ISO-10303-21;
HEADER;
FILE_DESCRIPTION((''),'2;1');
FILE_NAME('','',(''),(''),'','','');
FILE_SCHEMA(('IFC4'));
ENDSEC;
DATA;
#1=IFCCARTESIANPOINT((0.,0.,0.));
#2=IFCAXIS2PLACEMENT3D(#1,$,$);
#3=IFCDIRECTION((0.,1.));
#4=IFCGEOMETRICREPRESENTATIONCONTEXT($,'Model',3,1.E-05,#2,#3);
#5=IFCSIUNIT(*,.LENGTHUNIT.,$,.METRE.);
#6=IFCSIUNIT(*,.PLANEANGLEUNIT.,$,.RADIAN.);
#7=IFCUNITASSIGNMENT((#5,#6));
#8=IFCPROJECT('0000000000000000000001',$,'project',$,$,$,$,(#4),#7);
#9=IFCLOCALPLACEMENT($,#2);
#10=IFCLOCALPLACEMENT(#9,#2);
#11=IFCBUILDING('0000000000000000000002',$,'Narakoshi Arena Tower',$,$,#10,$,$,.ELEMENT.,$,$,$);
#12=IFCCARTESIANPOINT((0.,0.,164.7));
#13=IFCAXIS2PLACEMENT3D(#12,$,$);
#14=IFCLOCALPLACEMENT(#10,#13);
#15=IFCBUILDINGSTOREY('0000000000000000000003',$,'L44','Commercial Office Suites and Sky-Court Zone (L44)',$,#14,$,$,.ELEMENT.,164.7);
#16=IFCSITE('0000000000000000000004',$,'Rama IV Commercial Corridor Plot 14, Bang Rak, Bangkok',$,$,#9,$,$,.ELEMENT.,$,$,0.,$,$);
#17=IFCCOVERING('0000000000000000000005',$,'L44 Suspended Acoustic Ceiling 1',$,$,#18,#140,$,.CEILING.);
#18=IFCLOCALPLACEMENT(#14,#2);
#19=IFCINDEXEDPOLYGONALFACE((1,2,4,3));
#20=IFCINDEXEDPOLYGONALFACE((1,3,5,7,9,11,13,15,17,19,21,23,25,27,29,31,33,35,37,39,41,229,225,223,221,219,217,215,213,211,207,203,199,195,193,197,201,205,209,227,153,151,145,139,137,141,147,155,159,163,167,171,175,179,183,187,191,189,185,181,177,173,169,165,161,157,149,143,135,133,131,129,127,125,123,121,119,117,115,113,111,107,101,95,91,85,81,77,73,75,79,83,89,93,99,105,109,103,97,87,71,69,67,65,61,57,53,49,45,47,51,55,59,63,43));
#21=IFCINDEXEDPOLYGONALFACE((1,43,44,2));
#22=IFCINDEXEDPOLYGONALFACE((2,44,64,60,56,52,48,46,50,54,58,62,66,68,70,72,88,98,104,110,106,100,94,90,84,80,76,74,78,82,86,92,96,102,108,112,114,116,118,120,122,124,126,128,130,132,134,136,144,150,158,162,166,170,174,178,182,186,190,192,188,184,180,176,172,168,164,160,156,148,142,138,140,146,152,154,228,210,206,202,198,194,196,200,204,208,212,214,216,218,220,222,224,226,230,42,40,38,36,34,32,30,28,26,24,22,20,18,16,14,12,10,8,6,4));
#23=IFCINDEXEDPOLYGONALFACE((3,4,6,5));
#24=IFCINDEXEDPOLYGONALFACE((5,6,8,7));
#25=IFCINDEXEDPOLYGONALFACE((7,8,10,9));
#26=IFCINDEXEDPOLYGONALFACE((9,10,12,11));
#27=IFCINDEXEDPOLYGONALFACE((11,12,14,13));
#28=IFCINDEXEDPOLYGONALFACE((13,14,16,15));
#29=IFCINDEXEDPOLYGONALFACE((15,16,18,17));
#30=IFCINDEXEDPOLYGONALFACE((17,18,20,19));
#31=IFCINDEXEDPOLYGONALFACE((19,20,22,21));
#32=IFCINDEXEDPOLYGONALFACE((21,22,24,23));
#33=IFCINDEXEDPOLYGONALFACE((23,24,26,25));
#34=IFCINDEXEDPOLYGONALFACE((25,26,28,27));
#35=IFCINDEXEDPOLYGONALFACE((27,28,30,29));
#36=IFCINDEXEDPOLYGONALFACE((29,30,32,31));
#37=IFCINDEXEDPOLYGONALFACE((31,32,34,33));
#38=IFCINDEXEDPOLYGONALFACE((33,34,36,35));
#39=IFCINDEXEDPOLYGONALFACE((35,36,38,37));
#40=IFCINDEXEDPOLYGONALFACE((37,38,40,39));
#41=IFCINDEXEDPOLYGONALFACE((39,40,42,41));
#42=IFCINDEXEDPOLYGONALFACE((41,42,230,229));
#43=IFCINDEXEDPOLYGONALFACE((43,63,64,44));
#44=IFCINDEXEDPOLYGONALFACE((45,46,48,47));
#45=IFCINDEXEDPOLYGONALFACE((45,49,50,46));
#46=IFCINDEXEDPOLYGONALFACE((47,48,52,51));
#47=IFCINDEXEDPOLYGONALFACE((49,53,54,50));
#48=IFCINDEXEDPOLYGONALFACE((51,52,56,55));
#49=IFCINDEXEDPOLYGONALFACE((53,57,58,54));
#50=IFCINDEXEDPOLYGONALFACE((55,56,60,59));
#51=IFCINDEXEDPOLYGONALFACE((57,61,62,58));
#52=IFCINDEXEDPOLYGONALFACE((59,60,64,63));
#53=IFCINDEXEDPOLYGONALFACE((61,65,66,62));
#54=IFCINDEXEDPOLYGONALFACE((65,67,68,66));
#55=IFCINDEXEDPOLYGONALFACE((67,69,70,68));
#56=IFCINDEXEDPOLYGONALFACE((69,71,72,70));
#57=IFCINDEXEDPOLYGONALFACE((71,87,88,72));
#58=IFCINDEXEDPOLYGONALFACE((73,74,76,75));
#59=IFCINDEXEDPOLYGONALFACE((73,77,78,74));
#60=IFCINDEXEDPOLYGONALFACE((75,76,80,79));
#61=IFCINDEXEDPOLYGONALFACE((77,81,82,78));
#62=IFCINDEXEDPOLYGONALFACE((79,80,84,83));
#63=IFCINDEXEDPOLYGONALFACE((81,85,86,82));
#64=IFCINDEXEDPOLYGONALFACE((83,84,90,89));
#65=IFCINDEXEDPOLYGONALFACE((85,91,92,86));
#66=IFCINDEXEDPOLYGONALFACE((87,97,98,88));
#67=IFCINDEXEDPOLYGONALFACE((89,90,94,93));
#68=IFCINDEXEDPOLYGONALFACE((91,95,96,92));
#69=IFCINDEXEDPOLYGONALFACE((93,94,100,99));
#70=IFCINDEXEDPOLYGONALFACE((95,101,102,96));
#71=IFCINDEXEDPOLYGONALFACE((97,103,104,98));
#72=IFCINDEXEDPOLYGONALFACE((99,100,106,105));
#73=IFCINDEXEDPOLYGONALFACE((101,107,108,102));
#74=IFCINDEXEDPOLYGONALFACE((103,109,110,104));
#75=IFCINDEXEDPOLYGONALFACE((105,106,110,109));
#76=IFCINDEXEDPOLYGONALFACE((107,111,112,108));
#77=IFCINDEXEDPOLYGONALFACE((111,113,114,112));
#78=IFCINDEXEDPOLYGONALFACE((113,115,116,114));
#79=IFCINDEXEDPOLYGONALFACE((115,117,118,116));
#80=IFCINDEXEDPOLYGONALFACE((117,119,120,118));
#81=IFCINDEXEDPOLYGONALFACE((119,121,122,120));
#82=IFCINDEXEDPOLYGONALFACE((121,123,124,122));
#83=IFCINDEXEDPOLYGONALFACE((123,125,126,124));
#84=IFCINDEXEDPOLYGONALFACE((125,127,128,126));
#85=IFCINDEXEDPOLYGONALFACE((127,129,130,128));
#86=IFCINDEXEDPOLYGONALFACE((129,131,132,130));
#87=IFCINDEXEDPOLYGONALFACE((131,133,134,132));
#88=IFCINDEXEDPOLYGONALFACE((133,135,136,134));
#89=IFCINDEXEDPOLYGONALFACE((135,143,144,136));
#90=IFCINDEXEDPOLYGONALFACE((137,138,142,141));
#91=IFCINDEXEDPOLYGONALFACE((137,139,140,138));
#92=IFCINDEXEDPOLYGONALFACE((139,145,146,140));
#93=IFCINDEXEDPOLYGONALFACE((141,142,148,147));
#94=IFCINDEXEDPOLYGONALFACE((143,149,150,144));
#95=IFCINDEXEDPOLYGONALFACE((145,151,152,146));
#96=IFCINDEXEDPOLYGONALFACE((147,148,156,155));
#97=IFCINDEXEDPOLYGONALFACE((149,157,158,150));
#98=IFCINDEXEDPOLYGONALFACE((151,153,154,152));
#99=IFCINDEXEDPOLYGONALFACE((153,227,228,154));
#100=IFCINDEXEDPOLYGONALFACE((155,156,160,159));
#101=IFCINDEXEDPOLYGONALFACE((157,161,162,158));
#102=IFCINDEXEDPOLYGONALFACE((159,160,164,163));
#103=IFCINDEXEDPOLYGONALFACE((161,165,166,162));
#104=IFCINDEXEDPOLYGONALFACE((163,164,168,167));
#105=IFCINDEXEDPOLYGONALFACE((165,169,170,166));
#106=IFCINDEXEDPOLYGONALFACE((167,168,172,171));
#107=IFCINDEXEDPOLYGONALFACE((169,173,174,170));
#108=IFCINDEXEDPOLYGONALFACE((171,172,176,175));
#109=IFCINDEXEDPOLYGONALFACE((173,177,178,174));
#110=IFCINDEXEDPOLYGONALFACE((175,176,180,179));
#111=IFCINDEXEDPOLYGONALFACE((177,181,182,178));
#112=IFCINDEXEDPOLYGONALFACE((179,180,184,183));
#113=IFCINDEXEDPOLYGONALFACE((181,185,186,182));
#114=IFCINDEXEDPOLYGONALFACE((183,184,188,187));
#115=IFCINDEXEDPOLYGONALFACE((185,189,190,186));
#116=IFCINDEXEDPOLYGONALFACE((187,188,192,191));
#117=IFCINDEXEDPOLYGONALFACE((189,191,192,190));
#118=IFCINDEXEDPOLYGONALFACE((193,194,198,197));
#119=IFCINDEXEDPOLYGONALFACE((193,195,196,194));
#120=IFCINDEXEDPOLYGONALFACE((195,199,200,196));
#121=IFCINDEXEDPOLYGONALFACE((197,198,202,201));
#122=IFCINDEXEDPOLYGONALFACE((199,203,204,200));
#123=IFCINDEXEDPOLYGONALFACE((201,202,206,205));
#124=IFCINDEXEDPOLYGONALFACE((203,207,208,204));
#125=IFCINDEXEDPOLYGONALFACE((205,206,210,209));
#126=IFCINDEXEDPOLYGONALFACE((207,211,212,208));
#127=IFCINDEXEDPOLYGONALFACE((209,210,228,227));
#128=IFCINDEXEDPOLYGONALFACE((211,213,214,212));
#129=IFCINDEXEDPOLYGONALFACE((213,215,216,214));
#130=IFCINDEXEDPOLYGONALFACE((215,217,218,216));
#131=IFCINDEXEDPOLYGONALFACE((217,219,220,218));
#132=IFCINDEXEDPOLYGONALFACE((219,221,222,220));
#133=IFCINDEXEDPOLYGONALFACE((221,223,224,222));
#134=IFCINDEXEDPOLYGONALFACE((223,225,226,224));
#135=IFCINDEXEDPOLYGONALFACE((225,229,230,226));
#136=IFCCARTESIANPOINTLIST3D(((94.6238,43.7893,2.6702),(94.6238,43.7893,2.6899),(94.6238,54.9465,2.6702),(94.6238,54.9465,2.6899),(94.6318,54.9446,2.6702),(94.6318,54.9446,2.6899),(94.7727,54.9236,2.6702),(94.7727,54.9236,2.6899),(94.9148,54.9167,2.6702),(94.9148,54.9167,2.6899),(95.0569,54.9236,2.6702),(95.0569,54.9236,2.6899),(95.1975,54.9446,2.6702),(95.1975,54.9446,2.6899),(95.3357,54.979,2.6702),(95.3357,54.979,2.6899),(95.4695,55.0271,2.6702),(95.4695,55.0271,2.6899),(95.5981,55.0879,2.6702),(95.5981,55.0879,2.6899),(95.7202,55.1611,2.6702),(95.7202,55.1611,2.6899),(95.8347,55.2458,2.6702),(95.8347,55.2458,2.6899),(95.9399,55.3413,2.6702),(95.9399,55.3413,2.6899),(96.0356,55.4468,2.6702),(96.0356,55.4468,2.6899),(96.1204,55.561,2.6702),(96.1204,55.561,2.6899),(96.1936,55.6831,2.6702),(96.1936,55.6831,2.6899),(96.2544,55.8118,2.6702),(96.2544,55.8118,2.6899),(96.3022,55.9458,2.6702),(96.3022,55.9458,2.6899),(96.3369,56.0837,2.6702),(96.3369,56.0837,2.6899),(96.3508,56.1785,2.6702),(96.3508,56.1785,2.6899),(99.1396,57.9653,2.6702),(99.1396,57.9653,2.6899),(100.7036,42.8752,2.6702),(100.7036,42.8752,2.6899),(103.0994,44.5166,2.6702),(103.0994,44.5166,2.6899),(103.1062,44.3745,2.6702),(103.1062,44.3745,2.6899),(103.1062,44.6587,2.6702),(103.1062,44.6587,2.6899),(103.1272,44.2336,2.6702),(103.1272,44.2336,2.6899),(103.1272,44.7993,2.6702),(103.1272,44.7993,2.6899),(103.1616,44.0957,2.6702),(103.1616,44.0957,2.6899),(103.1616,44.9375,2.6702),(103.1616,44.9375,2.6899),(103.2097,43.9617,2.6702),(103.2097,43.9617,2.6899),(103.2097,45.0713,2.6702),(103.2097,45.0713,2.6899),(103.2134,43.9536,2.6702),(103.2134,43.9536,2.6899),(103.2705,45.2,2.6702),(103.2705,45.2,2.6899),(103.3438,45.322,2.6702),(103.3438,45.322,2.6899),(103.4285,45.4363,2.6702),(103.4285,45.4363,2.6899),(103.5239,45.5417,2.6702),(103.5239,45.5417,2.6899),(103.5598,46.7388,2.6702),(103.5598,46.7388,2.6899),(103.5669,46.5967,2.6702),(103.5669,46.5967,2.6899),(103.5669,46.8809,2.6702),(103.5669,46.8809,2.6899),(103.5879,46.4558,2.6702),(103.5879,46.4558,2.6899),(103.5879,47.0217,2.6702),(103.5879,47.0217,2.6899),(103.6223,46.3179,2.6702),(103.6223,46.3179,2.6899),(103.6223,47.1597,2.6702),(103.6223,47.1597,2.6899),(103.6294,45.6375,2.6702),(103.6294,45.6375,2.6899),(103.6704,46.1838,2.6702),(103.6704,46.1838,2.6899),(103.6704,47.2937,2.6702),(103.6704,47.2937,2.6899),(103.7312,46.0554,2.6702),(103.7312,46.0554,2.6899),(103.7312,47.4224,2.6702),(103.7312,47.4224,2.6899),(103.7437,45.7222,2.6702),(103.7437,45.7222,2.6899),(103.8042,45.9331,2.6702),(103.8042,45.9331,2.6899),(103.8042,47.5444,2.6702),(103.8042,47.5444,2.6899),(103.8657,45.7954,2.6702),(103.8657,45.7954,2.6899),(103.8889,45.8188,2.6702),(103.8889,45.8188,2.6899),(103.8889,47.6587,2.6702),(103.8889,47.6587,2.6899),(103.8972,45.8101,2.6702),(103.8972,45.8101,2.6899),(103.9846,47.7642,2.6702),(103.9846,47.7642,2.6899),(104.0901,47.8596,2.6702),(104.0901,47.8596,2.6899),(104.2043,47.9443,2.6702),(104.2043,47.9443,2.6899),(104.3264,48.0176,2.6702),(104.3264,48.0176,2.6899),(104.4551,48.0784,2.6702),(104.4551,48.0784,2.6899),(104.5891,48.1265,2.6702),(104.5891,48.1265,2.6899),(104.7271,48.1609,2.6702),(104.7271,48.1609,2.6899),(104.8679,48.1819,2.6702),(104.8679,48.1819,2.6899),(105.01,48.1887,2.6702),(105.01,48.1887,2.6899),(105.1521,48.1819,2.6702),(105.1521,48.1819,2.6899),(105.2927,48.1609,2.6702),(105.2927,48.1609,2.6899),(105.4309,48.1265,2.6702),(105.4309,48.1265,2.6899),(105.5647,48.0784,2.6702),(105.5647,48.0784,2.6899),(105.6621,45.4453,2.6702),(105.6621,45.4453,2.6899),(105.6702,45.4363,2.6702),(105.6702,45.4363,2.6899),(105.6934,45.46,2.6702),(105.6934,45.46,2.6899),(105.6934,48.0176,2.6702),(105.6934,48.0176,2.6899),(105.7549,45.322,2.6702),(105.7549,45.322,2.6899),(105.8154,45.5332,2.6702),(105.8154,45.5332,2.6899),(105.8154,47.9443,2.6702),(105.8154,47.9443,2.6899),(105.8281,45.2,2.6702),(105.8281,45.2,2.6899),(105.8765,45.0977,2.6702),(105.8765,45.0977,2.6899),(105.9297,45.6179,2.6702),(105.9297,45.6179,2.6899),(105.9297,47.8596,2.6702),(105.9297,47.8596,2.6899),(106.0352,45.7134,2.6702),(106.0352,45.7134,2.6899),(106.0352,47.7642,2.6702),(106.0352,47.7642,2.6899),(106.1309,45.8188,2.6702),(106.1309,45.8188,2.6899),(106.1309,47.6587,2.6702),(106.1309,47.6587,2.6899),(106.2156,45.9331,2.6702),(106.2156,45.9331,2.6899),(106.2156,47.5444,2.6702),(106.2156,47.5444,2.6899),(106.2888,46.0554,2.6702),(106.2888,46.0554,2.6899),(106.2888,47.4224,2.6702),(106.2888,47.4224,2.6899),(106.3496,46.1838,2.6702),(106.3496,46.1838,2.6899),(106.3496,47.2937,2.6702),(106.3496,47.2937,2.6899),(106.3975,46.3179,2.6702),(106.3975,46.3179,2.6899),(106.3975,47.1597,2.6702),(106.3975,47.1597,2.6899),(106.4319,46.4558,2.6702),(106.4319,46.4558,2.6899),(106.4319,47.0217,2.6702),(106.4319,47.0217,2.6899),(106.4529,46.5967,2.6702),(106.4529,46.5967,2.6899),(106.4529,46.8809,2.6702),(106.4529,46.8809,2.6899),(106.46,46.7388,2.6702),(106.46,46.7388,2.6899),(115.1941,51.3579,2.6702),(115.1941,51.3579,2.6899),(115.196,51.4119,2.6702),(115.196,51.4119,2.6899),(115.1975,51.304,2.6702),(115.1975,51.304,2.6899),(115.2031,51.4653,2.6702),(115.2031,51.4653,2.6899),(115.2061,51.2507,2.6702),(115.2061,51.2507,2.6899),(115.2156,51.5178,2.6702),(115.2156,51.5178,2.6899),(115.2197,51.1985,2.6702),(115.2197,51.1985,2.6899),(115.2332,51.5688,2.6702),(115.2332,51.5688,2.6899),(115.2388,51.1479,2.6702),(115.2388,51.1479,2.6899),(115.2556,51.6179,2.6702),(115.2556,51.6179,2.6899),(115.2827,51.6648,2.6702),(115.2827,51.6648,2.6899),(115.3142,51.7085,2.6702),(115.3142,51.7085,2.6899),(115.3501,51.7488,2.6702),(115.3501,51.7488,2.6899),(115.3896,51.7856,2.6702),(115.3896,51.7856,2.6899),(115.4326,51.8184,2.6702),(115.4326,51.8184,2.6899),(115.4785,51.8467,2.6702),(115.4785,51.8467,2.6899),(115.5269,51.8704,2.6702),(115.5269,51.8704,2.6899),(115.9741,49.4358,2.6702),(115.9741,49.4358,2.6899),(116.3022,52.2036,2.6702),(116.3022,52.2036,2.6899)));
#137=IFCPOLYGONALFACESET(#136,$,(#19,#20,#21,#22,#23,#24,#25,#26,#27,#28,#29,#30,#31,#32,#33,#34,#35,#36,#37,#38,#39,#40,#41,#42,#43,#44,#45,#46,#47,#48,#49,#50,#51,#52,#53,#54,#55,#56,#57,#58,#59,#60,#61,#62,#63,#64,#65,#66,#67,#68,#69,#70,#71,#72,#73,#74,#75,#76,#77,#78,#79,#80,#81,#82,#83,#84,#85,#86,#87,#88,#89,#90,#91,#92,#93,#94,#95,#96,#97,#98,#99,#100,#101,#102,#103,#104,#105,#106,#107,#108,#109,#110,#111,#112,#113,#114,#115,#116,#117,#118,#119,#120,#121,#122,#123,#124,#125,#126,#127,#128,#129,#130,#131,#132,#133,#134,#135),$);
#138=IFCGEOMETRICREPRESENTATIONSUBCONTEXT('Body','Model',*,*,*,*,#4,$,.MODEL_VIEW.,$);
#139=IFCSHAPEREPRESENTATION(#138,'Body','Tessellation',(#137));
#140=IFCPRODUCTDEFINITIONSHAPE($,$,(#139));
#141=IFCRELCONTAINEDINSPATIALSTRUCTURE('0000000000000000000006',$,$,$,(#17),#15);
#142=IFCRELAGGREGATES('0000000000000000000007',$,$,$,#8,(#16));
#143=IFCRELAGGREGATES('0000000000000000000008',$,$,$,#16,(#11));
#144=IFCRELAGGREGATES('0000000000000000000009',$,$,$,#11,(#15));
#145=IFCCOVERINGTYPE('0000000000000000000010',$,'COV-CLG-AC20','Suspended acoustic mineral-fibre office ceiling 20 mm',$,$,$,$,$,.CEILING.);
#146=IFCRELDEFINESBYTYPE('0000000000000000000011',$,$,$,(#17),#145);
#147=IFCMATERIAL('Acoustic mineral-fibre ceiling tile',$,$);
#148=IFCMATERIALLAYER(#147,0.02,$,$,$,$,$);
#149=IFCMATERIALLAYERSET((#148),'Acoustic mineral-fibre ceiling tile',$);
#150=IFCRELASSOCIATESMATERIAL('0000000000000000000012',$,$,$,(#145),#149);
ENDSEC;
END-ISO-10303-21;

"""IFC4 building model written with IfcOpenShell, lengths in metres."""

from ifc_helpers import new_model, si_unit, direction, frame, origin, place, context, subcontext, project, spatial, polyline, outline, extrude, material, layer, layer_set, type_object, element, save


model = new_model("IFC4")

# Units and contexts
model_context = context("Model", 3, precision=1e-05, world=origin(), true_north=direction((0.0, 1.0)))
body_context = subcontext(model_context, "Body", "Model", "MODEL_VIEW")
ifc_project = project(units=[si_unit("LENGTHUNIT", "METRE"), si_unit("PLANEANGLEUNIT", "RADIAN")], contexts=[model_context])

# Site, building, storey
site_placement = place(None, origin())
site = spatial("IfcSite", under=ifc_project, at=site_placement, Name="Rama IV Commercial Corridor Plot 14, Bang Rak, Bangkok", CompositionType="ELEMENT", RefElevation=0.0)
building_placement = place(site_placement, origin())
building = spatial("IfcBuilding", under=site, at=building_placement, Name="Narakoshi Arena Tower", CompositionType="ELEMENT")
storey_placement = place(building_placement, frame((0.0, 0.0, 164.7)))
storey = spatial("IfcBuildingStorey", under=building, at=storey_placement, Name="L44", Description="Commercial Office Suites and Sky-Court Zone (L44)", CompositionType="ELEMENT", Elevation=164.7)

# Covering
ifc_material_1 = material(Name="Acoustic mineral-fibre ceiling tile")
ifc_layer_1 = layer(ifc_material_1, 0.02)
ifc_layer_set_1 = layer_set([ifc_layer_1], Name="Acoustic mineral-fibre ceiling tile")
covering_type_1 = type_object("IfcCoveringType", Name="COV-CLG-AC20", Description="Suspended acoustic mineral-fibre office ceiling 20 mm", PredefinedType="CEILING", material=ifc_layer_set_1)
covering_1_placement = place(storey_placement, frame((0.0, 0.0, 2.6702)))
element("IfcCovering", 1, at=covering_1_placement, inside=storey, type_object=covering_type_1, Name="L44 Suspended Acoustic Ceiling 1", PredefinedType="CEILING", context=body_context, shape_type="SweptSolid", body=[
    extrude(outline(polyline([(115.5269, 51.8704), (115.4785, 51.8467), (115.4326, 51.8184), (115.3896, 51.7856), (115.3501, 51.7488), (115.3142, 51.7085), (115.2827, 51.6648), (115.2556, 51.6179), (115.2332, 51.5688), (115.2156, 51.5178), (115.2031, 51.4653), (115.196, 51.4119), (115.1941, 51.3579), (115.1975, 51.304), (115.2061, 51.2507), (115.2197, 51.1985), (115.2388, 51.1479), (115.9741, 49.4358), (105.8765, 45.0977), (105.8281, 45.2), (105.7549, 45.322), (105.6702, 45.4363), (105.6621, 45.4453), (105.6934, 45.46), (105.8154, 45.5332), (105.9297, 45.6179), (106.0352, 45.7134), (106.1309, 45.8188), (106.2156, 45.9331), (106.2888, 46.0554), (106.3496, 46.1838), (106.3975, 46.3179), (106.4319, 46.4558), (106.4529, 46.5967), (106.46, 46.7388), (106.4529, 46.8809), (106.4319, 47.0217), (106.3975, 47.1597), (106.3496, 47.2937), (106.2888, 47.4224), (106.2156, 47.5444), (106.1309, 47.6587), (106.0352, 47.7642), (105.9297, 47.8596), (105.8154, 47.9443), (105.6934, 48.0176), (105.5647, 48.0784), (105.4309, 48.1265), (105.2927, 48.1609), (105.1521, 48.1819), (105.01, 48.1887), (104.8679, 48.1819), (104.7271, 48.1609), (104.5891, 48.1265), (104.4551, 48.0784), (104.3264, 48.0176), (104.2043, 47.9443), (104.0901, 47.8596), (103.9846, 47.7642), (103.8889, 47.6587), (103.8042, 47.5444), (103.7312, 47.4224), (103.6704, 47.2937), (103.6223, 47.1597), (103.5879, 47.0217), (103.5669, 46.8809), (103.5598, 46.7388), (103.5669, 46.5967), (103.5879, 46.4558), (103.6223, 46.3179), (103.6704, 46.1838), (103.7312, 46.0554), (103.8042, 45.9331), (103.8889, 45.8188), (103.8972, 45.8101), (103.8657, 45.7954), (103.7437, 45.7222), (103.6294, 45.6375), (103.5239, 45.5417), (103.4285, 45.4363), (103.3438, 45.322), (103.2705, 45.2), (103.2097, 45.0713), (103.1616, 44.9375), (103.1272, 44.7993), (103.1062, 44.6587), (103.0994, 44.5166), (103.1062, 44.3745), (103.1272, 44.2336), (103.1616, 44.0957), (103.2097, 43.9617), (103.2134, 43.9536), (100.7036, 42.8752), (94.6238, 43.7893), (94.6238, 54.9465), (94.6318, 54.9446), (94.7727, 54.9236), (94.9148, 54.9167), (95.0569, 54.9236), (95.1975, 54.9446), (95.3357, 54.979), (95.4695, 55.0271), (95.5981, 55.0879), (95.7202, 55.1611), (95.8347, 55.2458), (95.9399, 55.3413), (96.0356, 55.4468), (96.1204, 55.561), (96.1936, 55.6831), (96.2544, 55.8118), (96.3022, 55.9458), (96.3369, 56.0837), (96.3508, 56.1785), (99.1396, 57.9653), (116.3022, 52.2036), (115.5269, 51.8704)])), origin(), (0.0, 0.0, 1.0), 0.0198),
])

save(model, "model.ifc")
